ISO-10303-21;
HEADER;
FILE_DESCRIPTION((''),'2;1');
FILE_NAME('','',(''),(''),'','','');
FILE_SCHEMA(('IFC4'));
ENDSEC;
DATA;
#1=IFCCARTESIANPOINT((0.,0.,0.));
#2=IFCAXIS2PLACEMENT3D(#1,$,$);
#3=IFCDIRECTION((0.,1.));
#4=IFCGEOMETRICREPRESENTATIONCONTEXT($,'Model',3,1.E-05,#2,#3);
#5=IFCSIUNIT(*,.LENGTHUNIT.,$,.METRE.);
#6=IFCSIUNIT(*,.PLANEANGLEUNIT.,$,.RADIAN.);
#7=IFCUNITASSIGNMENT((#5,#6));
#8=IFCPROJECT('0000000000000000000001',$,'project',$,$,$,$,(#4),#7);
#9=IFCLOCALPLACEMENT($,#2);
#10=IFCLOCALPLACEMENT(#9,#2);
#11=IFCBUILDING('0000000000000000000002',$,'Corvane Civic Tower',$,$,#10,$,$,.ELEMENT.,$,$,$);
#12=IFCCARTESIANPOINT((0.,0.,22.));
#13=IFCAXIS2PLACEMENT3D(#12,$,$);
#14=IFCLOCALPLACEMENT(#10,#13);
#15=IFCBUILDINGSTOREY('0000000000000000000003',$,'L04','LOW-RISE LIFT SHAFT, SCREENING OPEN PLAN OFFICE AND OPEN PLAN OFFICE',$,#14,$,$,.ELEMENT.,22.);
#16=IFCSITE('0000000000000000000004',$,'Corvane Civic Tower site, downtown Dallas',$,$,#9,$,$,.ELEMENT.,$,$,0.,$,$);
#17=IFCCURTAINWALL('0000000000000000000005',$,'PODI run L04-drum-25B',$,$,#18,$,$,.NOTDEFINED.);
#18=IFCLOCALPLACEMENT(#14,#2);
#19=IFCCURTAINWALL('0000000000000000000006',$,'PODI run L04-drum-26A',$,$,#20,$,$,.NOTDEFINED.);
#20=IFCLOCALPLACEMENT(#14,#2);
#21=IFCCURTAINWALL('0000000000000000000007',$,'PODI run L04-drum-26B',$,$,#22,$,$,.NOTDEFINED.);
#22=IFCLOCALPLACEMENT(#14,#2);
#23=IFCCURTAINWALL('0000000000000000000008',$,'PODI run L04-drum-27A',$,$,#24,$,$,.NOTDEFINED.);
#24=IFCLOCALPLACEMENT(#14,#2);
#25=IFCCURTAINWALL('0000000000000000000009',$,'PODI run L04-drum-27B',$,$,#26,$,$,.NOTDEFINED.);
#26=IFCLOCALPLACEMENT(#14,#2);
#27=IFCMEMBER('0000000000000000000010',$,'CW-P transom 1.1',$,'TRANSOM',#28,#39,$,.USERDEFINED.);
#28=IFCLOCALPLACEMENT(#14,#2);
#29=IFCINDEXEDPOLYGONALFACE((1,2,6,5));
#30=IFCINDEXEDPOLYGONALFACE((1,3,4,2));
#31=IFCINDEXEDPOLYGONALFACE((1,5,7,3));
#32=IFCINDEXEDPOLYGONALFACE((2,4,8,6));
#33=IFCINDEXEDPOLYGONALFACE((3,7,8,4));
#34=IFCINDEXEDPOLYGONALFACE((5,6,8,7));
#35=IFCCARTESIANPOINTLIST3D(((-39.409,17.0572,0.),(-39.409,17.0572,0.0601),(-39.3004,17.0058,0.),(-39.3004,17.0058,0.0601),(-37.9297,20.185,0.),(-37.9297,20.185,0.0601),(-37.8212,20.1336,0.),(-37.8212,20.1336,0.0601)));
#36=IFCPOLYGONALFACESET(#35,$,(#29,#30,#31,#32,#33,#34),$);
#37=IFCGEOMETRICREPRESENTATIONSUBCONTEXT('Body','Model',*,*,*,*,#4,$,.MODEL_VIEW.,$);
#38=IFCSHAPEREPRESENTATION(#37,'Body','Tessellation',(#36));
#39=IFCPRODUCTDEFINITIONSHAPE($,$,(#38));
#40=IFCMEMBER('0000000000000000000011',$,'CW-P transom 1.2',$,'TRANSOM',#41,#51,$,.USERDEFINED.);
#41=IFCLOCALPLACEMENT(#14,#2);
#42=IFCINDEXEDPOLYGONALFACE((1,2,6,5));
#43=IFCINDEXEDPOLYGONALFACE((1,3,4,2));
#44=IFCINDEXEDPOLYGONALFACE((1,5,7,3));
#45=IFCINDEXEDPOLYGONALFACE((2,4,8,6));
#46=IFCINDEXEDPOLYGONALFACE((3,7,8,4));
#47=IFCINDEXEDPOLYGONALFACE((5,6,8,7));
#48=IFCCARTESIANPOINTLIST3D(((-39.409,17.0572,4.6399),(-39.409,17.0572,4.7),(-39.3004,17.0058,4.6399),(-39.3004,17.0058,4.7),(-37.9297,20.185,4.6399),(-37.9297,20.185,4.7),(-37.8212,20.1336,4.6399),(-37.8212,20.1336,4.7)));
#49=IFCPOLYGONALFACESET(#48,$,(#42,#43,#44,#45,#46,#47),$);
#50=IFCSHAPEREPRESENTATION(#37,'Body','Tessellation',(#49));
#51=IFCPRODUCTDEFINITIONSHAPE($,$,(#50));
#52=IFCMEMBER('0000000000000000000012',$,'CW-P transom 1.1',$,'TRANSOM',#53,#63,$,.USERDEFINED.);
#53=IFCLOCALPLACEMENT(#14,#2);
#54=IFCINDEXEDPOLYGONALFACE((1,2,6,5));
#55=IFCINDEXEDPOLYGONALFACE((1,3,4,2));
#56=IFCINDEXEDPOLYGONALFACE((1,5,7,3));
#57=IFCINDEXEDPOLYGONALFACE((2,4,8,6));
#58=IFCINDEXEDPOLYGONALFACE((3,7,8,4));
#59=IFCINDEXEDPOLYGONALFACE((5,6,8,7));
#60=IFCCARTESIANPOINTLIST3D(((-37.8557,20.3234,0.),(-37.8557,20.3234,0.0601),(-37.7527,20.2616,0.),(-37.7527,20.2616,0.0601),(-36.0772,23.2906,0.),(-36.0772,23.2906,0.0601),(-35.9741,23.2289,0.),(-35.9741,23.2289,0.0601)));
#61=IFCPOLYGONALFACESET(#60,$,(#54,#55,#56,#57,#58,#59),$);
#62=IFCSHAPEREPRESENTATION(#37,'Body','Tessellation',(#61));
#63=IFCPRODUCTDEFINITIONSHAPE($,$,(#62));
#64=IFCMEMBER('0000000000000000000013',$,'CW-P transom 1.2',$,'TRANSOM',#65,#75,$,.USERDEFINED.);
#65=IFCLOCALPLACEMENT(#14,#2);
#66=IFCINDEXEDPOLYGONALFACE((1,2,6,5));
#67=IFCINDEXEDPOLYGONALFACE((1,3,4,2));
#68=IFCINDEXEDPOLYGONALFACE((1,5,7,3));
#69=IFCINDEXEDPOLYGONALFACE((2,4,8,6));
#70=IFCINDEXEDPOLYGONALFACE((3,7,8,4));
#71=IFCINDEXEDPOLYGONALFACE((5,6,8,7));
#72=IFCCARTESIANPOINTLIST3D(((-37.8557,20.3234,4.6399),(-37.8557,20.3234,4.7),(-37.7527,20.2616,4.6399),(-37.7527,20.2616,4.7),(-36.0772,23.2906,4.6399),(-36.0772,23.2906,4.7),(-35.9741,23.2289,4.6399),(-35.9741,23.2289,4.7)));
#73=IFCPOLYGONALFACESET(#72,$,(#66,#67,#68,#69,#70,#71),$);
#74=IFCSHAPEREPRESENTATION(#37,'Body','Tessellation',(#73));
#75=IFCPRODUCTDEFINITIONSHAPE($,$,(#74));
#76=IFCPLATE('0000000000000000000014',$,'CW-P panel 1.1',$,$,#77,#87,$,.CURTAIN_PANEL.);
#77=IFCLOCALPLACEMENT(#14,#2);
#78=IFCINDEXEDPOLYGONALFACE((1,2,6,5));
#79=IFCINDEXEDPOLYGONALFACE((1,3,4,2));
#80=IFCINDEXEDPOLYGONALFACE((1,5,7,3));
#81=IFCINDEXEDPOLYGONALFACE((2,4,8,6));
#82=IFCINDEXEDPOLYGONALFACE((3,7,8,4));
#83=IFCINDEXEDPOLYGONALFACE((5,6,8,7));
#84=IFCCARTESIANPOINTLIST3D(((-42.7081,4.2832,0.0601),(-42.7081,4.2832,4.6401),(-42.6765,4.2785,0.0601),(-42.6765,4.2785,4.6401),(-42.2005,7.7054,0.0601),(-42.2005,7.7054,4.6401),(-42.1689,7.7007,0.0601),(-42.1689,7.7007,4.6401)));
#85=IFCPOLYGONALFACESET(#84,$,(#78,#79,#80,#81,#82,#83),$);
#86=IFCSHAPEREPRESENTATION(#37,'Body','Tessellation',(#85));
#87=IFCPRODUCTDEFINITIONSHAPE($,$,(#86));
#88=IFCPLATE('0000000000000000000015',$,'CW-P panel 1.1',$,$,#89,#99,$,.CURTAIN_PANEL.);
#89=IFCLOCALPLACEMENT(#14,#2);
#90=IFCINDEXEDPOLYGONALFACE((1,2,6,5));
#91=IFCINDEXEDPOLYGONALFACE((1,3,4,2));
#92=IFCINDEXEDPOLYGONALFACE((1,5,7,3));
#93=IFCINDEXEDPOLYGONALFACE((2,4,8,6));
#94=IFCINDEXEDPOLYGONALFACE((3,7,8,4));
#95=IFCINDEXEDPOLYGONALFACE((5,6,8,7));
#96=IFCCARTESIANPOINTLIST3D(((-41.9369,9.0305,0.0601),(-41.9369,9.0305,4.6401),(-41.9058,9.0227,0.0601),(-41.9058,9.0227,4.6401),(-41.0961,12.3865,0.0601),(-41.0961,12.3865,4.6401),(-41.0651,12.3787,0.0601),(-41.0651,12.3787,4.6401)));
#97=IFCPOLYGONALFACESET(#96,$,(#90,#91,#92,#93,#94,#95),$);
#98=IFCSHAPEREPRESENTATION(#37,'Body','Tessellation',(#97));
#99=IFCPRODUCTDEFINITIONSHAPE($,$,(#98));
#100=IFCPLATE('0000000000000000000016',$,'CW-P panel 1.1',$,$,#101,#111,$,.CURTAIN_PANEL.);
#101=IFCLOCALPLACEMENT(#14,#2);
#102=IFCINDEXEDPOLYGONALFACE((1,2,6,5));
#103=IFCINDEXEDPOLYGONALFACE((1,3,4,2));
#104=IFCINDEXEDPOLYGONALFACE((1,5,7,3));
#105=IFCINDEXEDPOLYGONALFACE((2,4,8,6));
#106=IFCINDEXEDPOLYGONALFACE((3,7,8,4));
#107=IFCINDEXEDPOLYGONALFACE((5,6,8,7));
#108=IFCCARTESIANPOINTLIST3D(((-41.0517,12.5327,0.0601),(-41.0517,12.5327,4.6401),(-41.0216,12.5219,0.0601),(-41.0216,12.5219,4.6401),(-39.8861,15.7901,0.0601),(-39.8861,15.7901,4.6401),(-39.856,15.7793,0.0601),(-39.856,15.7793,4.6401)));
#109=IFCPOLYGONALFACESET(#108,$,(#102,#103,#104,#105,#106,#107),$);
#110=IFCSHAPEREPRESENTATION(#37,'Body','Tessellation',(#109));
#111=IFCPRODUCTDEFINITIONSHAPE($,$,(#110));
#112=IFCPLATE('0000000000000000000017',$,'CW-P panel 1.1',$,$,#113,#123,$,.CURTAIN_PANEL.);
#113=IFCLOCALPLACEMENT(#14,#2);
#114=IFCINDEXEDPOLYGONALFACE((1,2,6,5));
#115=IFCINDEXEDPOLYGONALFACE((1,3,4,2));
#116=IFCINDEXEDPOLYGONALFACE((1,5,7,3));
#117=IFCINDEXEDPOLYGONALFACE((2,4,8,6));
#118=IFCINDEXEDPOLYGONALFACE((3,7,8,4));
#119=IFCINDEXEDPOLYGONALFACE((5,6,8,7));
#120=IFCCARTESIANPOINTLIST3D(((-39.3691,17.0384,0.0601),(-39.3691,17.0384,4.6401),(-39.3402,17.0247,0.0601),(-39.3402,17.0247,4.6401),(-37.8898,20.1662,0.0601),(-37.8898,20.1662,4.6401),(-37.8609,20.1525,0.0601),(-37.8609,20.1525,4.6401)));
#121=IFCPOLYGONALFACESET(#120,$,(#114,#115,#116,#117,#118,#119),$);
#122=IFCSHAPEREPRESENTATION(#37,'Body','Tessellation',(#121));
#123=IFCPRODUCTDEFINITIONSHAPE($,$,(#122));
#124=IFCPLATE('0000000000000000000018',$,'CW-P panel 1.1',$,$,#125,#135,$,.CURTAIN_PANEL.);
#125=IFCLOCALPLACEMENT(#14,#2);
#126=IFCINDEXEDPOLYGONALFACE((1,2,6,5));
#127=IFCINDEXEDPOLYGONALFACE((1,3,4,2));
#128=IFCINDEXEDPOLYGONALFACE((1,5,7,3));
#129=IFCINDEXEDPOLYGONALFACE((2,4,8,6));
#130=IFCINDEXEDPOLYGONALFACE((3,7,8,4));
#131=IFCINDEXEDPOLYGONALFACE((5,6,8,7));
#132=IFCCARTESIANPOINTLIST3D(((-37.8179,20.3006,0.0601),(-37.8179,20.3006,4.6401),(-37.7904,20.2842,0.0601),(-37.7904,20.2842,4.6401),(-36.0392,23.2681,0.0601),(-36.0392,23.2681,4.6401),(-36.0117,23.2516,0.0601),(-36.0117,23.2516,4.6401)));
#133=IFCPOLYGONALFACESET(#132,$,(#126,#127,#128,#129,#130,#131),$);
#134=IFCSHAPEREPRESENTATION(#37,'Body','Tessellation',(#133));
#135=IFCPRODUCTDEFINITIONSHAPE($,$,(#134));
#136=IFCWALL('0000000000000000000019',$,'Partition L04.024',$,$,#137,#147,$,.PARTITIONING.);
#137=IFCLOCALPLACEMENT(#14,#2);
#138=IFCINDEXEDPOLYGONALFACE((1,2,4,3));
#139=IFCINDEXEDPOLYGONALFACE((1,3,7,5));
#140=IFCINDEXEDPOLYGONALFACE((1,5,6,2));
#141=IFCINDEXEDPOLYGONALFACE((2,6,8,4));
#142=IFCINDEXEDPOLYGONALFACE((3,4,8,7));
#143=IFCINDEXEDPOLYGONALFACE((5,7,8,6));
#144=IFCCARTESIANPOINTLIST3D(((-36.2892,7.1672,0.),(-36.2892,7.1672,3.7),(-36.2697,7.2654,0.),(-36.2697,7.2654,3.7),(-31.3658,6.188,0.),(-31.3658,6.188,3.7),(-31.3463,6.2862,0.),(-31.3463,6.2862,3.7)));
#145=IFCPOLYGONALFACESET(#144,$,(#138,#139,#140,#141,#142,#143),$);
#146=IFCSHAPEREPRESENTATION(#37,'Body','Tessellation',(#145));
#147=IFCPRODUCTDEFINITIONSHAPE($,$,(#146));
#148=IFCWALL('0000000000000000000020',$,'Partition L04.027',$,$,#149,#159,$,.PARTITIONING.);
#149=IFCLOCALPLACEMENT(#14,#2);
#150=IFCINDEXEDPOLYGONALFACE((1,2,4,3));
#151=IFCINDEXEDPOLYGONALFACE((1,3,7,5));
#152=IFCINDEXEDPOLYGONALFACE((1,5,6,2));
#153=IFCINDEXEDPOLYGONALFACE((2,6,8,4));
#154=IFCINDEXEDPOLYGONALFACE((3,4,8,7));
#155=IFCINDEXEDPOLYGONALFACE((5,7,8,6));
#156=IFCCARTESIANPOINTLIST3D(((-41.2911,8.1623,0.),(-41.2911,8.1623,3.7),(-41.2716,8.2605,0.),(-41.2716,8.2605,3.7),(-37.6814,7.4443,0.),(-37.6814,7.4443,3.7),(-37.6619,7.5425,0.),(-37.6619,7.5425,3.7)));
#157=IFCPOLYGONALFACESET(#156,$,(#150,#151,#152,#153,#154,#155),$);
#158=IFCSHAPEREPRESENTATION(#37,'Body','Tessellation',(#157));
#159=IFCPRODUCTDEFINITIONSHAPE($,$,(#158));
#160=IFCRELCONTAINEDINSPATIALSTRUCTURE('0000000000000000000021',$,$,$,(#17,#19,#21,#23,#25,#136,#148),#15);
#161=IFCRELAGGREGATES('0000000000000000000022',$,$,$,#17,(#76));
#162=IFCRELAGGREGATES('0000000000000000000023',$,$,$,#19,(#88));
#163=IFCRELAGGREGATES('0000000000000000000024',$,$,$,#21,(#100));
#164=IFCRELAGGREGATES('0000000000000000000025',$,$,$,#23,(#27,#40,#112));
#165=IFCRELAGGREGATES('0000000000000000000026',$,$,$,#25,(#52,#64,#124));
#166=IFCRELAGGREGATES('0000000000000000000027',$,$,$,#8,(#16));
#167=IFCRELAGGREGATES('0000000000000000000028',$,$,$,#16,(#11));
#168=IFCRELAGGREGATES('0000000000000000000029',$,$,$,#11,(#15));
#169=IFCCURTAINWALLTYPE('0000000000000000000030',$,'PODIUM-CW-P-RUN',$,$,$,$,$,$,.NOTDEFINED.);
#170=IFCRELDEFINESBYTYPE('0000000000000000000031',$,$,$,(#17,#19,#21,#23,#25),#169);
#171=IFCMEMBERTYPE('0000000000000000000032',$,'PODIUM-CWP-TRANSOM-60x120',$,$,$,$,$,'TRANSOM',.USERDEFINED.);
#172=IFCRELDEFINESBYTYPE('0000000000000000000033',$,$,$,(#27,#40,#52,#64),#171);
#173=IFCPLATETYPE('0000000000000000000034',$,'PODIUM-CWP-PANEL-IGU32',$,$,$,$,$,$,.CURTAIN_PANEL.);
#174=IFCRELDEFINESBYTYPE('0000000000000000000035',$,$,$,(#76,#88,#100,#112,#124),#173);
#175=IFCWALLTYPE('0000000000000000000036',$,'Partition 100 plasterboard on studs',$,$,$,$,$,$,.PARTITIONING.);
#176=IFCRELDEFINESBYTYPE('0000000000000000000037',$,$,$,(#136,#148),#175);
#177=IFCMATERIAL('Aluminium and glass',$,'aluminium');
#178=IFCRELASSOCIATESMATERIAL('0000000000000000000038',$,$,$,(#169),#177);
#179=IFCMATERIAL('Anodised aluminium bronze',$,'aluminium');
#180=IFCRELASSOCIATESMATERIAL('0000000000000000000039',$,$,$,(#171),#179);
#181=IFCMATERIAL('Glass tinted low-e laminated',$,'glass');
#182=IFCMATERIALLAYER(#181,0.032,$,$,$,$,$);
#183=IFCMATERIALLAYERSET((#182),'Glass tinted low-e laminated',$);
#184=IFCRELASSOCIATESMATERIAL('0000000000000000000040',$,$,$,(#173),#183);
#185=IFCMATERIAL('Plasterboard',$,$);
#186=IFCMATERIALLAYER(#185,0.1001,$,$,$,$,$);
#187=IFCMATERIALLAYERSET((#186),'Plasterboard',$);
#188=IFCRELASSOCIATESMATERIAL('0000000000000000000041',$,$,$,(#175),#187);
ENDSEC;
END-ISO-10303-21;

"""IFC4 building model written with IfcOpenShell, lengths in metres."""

from ifc_helpers import new_model, si_unit, direction, frame, frame_2d, origin, origin_2d, place, context, subcontext, project, spatial, rectangle, extrude, material, layer, layer_set, material_profile, profile_set, type_object, element, aggregate, save


model = new_model("IFC4")

# Units and contexts
model_context = context("Model", 3, precision=1e-05, world=origin(), true_north=direction((0.0, 1.0)))
body_context = subcontext(model_context, "Body", "Model", "MODEL_VIEW")
ifc_project = project(units=[si_unit("LENGTHUNIT", "METRE"), si_unit("PLANEANGLEUNIT", "RADIAN")], contexts=[model_context])

# Site, building, storey
site_placement = place(None, origin())
site = spatial("IfcSite", under=ifc_project, at=site_placement, Name="Corvane Civic Tower site, downtown Dallas", CompositionType="ELEMENT", RefElevation=0.0)
building_placement = place(site_placement, origin())
building = spatial("IfcBuilding", under=site, at=building_placement, Name="Corvane Civic Tower", CompositionType="ELEMENT")
storey_placement = place(building_placement, frame((0.0, 0.0, 22.0)))
storey = spatial("IfcBuildingStorey", under=building, at=storey_placement, Name="L04", Description="LOW-RISE LIFT SHAFT, SCREENING OPEN PLAN OFFICE AND OPEN PLAN OFFICE", CompositionType="ELEMENT", Elevation=22.0)

# Curtain walls
ifc_material_1 = material(Name="Aluminium and glass", Category="aluminium")
curtain_wall_type = type_object("IfcCurtainWallType", Name="PODIUM-CW-P-RUN", PredefinedType="NOTDEFINED", material=ifc_material_1)
curtain_wall_1_placement = place(storey_placement, origin())
curtain_wall_1 = element("IfcCurtainWall", 1, at=curtain_wall_1_placement, inside=storey, type_object=curtain_wall_type, Name="PODI run L04-drum-25B", PredefinedType="NOTDEFINED")
curtain_wall_2_placement = place(storey_placement, origin())
curtain_wall_2 = element("IfcCurtainWall", 2, at=curtain_wall_2_placement, inside=storey, type_object=curtain_wall_type, Name="PODI run L04-drum-26A", PredefinedType="NOTDEFINED")
curtain_wall_3_placement = place(storey_placement, origin())
curtain_wall_3 = element("IfcCurtainWall", 3, at=curtain_wall_3_placement, inside=storey, type_object=curtain_wall_type, Name="PODI run L04-drum-26B", PredefinedType="NOTDEFINED")
curtain_wall_4_placement = place(storey_placement, origin())
curtain_wall_4 = element("IfcCurtainWall", 4, at=curtain_wall_4_placement, inside=storey, type_object=curtain_wall_type, Name="PODI run L04-drum-27A", PredefinedType="NOTDEFINED")
curtain_wall_5_placement = place(storey_placement, origin())
curtain_wall_5 = element("IfcCurtainWall", 5, at=curtain_wall_5_placement, inside=storey, type_object=curtain_wall_type, Name="PODI run L04-drum-27B", PredefinedType="NOTDEFINED")

# Members
ifc_material_2 = material(Name="Anodised aluminium bronze", Category="aluminium")
ifc_material_profile_1 = material_profile(ifc_material_2, rectangle(XDim=0.1201, YDim=0.0601, at=origin_2d()), Name="AL 120x60")
ifc_profile_set_1 = profile_set([ifc_material_profile_1], Name="Anodised aluminium bronze")
member_type_1 = type_object("IfcMemberType", Name="PODIUM-CWP-TRANSOM-60x120", ElementType="TRANSOM", PredefinedType="USERDEFINED", material=ifc_profile_set_1)
member_1_placement = place(storey_placement, frame((-39.3547, 17.0315, 0.03), z_axis=(0.427546, 0.903993, 0.0), x_axis=(-0.903993, 0.427546, 0.0)))
member_1 = element("IfcMember", 6, at=member_1_placement, type_object=member_type_1, Name="CW-P transom 1.1", ObjectType="TRANSOM", PredefinedType="USERDEFINED", context=body_context, shape_type="SweptSolid", body=[
    extrude(rectangle(XDim=0.1201, YDim=0.0601, at=origin_2d()), origin(), (0.0, 0.0, 1.0), 3.46),
])
member_2_placement = place(storey_placement, frame((-39.3547, 17.0315, 4.6699), z_axis=(0.427546, 0.903993, 0.0), x_axis=(-0.903993, 0.427546, 0.0)))
member_2 = element("IfcMember", 7, at=member_2_placement, type_object=member_type_1, Name="CW-P transom 1.2", ObjectType="TRANSOM", PredefinedType="USERDEFINED", context=body_context, shape_type="SweptSolid", body=[
    extrude(rectangle(XDim=0.1201, YDim=0.0601, at=origin_2d()), origin(), (0.0, 0.0, 1.0), 3.46),
])
member_3_placement = place(storey_placement, frame((-37.8042, 20.2925, 0.03), z_axis=(0.514112, 0.857723, 0.0), x_axis=(-0.857723, 0.514112, 0.0)))
member_3 = element("IfcMember", 8, at=member_3_placement, type_object=member_type_1, Name="CW-P transom 1.1", ObjectType="TRANSOM", PredefinedType="USERDEFINED", context=body_context, shape_type="SweptSolid", body=[
    extrude(rectangle(XDim=0.1201, YDim=0.0601, at=origin_2d()), origin(), (0.0, 0.0, 1.0), 3.4595),
])
member_4_placement = place(storey_placement, frame((-37.8042, 20.2925, 4.6699), z_axis=(0.514112, 0.857723, 0.0), x_axis=(-0.857723, 0.514112, 0.0)))
member_4 = element("IfcMember", 9, at=member_4_placement, type_object=member_type_1, Name="CW-P transom 1.2", ObjectType="TRANSOM", PredefinedType="USERDEFINED", context=body_context, shape_type="SweptSolid", body=[
    extrude(rectangle(XDim=0.1201, YDim=0.0601, at=origin_2d()), origin(), (0.0, 0.0, 1.0), 3.4595),
])

# Plates
ifc_material_3 = material(Name="Glass tinted low-e laminated", Category="glass")
ifc_layer_1 = layer(ifc_material_3, 0.032)
ifc_layer_set_1 = layer_set([ifc_layer_1], Name="Glass tinted low-e laminated")
plate_type = type_object("IfcPlateType", Name="PODIUM-CWP-PANEL-IGU32", PredefinedType="CURTAIN_PANEL", material=ifc_layer_set_1)
plate_1_placement = place(storey_placement, frame((-42.4385, 5.9919, 0.0601), z_axis=(0.0, 0.0, 1.0), x_axis=(0.146715, 0.989179, 0.0)))
plate_1 = element("IfcPlate", 10, at=plate_1_placement, type_object=plate_type, Name="CW-P panel 1.1", PredefinedType="CURTAIN_PANEL", context=body_context, shape_type="SweptSolid", body=[
    extrude(rectangle(XDim=3.4597, YDim=0.032, at=origin_2d()), origin(), (0.0, 0.0, 1.0), 4.5801),
])
aggregate(curtain_wall_1, [plate_1])
plate_2_placement = place(storey_placement, frame((-41.501, 10.7046, 0.0601), z_axis=(0.0, 0.0, 1.0), x_axis=(0.243009, 0.970024, 0.0)))
plate_2 = element("IfcPlate", 11, at=plate_2_placement, type_object=plate_type, Name="CW-P panel 1.1", PredefinedType="CURTAIN_PANEL", context=body_context, shape_type="SweptSolid", body=[
    extrude(rectangle(XDim=3.4597, YDim=0.032, at=origin_2d()), origin(), (0.0, 0.0, 1.0), 4.5801),
])
aggregate(curtain_wall_2, [plate_2])
plate_3_placement = place(storey_placement, frame((-40.4539, 14.156, 0.0601), z_axis=(0.0, 0.0, 1.0), x_axis=(0.336919, 0.941534, 0.0)))
plate_3 = element("IfcPlate", 12, at=plate_3_placement, type_object=plate_type, Name="CW-P panel 1.1", PredefinedType="CURTAIN_PANEL", context=body_context, shape_type="SweptSolid", body=[
    extrude(rectangle(XDim=3.4597, YDim=0.032, at=origin_2d()), origin(), (0.0, 0.0, 1.0), 4.5801),
])
aggregate(curtain_wall_3, [plate_3])
plate_4_placement = place(storey_placement, frame((-38.615, 18.5955, 0.0601), z_axis=(0.0, 0.0, 1.0), x_axis=(0.427553, 0.90399, 0.0)))
plate_4 = element("IfcPlate", 13, at=plate_4_placement, type_object=plate_type, Name="CW-P panel 1.1", PredefinedType="CURTAIN_PANEL", context=body_context, shape_type="SweptSolid", body=[
    extrude(rectangle(XDim=3.46, YDim=0.032, at=origin_2d()), origin(), (0.0, 0.0, 1.0), 4.5801),
])
aggregate(curtain_wall_4, [member_1, member_2, plate_4])
plate_5_placement = place(storey_placement, frame((-36.9148, 21.7761, 0.0601), z_axis=(0.0, 0.0, 1.0), x_axis=(0.514118, 0.85772, 0.0)))
plate_5 = element("IfcPlate", 14, at=plate_5_placement, type_object=plate_type, Name="CW-P panel 1.1", PredefinedType="CURTAIN_PANEL", context=body_context, shape_type="SweptSolid", body=[
    extrude(rectangle(XDim=3.4597, YDim=0.032, at=origin_2d()), origin(), (0.0, 0.0, 1.0), 4.5801),
])
aggregate(curtain_wall_5, [member_3, member_4, plate_5])

# Walls
ifc_material_4 = material(Name="Plasterboard")
ifc_layer_2 = layer(ifc_material_4, 0.1001)
ifc_layer_set_2 = layer_set([ifc_layer_2], Name="Plasterboard")
wall_type = type_object("IfcWallType", Name="Partition 100 plasterboard on studs", PredefinedType="PARTITIONING", material=ifc_layer_set_2)
wall_1_placement = place(storey_placement, frame((-36.2793, 7.2163, 0.0), z_axis=(0.0, 0.0, 1.0), x_axis=(0.980788, -0.195078, 0.0)))
element("IfcWall", 15, at=wall_1_placement, inside=storey, type_object=wall_type, Name="Partition L04.024", PredefinedType="PARTITIONING", context=body_context, shape_type="SweptSolid", body=[
    extrude(rectangle(XDim=5.0198, YDim=0.1001, at=frame_2d((2.5098, 0.0))), origin(), (0.0, 0.0, 1.0), 3.7),
])
wall_2_placement = place(storey_placement, frame((-41.2815, 8.2114, 0.0), z_axis=(0.0, 0.0, 1.0), x_axis=(0.980784, -0.195095, 0.0)))
element("IfcWall", 16, at=wall_2_placement, inside=storey, type_object=wall_type, Name="Partition L04.027", PredefinedType="PARTITIONING", context=body_context, shape_type="SweptSolid", body=[
    extrude(rectangle(XDim=3.6804, YDim=0.1001, at=frame_2d((1.8403, 0.0))), origin(), (0.0, 0.0, 1.0), 3.7),
])

save(model, "model.ifc")
